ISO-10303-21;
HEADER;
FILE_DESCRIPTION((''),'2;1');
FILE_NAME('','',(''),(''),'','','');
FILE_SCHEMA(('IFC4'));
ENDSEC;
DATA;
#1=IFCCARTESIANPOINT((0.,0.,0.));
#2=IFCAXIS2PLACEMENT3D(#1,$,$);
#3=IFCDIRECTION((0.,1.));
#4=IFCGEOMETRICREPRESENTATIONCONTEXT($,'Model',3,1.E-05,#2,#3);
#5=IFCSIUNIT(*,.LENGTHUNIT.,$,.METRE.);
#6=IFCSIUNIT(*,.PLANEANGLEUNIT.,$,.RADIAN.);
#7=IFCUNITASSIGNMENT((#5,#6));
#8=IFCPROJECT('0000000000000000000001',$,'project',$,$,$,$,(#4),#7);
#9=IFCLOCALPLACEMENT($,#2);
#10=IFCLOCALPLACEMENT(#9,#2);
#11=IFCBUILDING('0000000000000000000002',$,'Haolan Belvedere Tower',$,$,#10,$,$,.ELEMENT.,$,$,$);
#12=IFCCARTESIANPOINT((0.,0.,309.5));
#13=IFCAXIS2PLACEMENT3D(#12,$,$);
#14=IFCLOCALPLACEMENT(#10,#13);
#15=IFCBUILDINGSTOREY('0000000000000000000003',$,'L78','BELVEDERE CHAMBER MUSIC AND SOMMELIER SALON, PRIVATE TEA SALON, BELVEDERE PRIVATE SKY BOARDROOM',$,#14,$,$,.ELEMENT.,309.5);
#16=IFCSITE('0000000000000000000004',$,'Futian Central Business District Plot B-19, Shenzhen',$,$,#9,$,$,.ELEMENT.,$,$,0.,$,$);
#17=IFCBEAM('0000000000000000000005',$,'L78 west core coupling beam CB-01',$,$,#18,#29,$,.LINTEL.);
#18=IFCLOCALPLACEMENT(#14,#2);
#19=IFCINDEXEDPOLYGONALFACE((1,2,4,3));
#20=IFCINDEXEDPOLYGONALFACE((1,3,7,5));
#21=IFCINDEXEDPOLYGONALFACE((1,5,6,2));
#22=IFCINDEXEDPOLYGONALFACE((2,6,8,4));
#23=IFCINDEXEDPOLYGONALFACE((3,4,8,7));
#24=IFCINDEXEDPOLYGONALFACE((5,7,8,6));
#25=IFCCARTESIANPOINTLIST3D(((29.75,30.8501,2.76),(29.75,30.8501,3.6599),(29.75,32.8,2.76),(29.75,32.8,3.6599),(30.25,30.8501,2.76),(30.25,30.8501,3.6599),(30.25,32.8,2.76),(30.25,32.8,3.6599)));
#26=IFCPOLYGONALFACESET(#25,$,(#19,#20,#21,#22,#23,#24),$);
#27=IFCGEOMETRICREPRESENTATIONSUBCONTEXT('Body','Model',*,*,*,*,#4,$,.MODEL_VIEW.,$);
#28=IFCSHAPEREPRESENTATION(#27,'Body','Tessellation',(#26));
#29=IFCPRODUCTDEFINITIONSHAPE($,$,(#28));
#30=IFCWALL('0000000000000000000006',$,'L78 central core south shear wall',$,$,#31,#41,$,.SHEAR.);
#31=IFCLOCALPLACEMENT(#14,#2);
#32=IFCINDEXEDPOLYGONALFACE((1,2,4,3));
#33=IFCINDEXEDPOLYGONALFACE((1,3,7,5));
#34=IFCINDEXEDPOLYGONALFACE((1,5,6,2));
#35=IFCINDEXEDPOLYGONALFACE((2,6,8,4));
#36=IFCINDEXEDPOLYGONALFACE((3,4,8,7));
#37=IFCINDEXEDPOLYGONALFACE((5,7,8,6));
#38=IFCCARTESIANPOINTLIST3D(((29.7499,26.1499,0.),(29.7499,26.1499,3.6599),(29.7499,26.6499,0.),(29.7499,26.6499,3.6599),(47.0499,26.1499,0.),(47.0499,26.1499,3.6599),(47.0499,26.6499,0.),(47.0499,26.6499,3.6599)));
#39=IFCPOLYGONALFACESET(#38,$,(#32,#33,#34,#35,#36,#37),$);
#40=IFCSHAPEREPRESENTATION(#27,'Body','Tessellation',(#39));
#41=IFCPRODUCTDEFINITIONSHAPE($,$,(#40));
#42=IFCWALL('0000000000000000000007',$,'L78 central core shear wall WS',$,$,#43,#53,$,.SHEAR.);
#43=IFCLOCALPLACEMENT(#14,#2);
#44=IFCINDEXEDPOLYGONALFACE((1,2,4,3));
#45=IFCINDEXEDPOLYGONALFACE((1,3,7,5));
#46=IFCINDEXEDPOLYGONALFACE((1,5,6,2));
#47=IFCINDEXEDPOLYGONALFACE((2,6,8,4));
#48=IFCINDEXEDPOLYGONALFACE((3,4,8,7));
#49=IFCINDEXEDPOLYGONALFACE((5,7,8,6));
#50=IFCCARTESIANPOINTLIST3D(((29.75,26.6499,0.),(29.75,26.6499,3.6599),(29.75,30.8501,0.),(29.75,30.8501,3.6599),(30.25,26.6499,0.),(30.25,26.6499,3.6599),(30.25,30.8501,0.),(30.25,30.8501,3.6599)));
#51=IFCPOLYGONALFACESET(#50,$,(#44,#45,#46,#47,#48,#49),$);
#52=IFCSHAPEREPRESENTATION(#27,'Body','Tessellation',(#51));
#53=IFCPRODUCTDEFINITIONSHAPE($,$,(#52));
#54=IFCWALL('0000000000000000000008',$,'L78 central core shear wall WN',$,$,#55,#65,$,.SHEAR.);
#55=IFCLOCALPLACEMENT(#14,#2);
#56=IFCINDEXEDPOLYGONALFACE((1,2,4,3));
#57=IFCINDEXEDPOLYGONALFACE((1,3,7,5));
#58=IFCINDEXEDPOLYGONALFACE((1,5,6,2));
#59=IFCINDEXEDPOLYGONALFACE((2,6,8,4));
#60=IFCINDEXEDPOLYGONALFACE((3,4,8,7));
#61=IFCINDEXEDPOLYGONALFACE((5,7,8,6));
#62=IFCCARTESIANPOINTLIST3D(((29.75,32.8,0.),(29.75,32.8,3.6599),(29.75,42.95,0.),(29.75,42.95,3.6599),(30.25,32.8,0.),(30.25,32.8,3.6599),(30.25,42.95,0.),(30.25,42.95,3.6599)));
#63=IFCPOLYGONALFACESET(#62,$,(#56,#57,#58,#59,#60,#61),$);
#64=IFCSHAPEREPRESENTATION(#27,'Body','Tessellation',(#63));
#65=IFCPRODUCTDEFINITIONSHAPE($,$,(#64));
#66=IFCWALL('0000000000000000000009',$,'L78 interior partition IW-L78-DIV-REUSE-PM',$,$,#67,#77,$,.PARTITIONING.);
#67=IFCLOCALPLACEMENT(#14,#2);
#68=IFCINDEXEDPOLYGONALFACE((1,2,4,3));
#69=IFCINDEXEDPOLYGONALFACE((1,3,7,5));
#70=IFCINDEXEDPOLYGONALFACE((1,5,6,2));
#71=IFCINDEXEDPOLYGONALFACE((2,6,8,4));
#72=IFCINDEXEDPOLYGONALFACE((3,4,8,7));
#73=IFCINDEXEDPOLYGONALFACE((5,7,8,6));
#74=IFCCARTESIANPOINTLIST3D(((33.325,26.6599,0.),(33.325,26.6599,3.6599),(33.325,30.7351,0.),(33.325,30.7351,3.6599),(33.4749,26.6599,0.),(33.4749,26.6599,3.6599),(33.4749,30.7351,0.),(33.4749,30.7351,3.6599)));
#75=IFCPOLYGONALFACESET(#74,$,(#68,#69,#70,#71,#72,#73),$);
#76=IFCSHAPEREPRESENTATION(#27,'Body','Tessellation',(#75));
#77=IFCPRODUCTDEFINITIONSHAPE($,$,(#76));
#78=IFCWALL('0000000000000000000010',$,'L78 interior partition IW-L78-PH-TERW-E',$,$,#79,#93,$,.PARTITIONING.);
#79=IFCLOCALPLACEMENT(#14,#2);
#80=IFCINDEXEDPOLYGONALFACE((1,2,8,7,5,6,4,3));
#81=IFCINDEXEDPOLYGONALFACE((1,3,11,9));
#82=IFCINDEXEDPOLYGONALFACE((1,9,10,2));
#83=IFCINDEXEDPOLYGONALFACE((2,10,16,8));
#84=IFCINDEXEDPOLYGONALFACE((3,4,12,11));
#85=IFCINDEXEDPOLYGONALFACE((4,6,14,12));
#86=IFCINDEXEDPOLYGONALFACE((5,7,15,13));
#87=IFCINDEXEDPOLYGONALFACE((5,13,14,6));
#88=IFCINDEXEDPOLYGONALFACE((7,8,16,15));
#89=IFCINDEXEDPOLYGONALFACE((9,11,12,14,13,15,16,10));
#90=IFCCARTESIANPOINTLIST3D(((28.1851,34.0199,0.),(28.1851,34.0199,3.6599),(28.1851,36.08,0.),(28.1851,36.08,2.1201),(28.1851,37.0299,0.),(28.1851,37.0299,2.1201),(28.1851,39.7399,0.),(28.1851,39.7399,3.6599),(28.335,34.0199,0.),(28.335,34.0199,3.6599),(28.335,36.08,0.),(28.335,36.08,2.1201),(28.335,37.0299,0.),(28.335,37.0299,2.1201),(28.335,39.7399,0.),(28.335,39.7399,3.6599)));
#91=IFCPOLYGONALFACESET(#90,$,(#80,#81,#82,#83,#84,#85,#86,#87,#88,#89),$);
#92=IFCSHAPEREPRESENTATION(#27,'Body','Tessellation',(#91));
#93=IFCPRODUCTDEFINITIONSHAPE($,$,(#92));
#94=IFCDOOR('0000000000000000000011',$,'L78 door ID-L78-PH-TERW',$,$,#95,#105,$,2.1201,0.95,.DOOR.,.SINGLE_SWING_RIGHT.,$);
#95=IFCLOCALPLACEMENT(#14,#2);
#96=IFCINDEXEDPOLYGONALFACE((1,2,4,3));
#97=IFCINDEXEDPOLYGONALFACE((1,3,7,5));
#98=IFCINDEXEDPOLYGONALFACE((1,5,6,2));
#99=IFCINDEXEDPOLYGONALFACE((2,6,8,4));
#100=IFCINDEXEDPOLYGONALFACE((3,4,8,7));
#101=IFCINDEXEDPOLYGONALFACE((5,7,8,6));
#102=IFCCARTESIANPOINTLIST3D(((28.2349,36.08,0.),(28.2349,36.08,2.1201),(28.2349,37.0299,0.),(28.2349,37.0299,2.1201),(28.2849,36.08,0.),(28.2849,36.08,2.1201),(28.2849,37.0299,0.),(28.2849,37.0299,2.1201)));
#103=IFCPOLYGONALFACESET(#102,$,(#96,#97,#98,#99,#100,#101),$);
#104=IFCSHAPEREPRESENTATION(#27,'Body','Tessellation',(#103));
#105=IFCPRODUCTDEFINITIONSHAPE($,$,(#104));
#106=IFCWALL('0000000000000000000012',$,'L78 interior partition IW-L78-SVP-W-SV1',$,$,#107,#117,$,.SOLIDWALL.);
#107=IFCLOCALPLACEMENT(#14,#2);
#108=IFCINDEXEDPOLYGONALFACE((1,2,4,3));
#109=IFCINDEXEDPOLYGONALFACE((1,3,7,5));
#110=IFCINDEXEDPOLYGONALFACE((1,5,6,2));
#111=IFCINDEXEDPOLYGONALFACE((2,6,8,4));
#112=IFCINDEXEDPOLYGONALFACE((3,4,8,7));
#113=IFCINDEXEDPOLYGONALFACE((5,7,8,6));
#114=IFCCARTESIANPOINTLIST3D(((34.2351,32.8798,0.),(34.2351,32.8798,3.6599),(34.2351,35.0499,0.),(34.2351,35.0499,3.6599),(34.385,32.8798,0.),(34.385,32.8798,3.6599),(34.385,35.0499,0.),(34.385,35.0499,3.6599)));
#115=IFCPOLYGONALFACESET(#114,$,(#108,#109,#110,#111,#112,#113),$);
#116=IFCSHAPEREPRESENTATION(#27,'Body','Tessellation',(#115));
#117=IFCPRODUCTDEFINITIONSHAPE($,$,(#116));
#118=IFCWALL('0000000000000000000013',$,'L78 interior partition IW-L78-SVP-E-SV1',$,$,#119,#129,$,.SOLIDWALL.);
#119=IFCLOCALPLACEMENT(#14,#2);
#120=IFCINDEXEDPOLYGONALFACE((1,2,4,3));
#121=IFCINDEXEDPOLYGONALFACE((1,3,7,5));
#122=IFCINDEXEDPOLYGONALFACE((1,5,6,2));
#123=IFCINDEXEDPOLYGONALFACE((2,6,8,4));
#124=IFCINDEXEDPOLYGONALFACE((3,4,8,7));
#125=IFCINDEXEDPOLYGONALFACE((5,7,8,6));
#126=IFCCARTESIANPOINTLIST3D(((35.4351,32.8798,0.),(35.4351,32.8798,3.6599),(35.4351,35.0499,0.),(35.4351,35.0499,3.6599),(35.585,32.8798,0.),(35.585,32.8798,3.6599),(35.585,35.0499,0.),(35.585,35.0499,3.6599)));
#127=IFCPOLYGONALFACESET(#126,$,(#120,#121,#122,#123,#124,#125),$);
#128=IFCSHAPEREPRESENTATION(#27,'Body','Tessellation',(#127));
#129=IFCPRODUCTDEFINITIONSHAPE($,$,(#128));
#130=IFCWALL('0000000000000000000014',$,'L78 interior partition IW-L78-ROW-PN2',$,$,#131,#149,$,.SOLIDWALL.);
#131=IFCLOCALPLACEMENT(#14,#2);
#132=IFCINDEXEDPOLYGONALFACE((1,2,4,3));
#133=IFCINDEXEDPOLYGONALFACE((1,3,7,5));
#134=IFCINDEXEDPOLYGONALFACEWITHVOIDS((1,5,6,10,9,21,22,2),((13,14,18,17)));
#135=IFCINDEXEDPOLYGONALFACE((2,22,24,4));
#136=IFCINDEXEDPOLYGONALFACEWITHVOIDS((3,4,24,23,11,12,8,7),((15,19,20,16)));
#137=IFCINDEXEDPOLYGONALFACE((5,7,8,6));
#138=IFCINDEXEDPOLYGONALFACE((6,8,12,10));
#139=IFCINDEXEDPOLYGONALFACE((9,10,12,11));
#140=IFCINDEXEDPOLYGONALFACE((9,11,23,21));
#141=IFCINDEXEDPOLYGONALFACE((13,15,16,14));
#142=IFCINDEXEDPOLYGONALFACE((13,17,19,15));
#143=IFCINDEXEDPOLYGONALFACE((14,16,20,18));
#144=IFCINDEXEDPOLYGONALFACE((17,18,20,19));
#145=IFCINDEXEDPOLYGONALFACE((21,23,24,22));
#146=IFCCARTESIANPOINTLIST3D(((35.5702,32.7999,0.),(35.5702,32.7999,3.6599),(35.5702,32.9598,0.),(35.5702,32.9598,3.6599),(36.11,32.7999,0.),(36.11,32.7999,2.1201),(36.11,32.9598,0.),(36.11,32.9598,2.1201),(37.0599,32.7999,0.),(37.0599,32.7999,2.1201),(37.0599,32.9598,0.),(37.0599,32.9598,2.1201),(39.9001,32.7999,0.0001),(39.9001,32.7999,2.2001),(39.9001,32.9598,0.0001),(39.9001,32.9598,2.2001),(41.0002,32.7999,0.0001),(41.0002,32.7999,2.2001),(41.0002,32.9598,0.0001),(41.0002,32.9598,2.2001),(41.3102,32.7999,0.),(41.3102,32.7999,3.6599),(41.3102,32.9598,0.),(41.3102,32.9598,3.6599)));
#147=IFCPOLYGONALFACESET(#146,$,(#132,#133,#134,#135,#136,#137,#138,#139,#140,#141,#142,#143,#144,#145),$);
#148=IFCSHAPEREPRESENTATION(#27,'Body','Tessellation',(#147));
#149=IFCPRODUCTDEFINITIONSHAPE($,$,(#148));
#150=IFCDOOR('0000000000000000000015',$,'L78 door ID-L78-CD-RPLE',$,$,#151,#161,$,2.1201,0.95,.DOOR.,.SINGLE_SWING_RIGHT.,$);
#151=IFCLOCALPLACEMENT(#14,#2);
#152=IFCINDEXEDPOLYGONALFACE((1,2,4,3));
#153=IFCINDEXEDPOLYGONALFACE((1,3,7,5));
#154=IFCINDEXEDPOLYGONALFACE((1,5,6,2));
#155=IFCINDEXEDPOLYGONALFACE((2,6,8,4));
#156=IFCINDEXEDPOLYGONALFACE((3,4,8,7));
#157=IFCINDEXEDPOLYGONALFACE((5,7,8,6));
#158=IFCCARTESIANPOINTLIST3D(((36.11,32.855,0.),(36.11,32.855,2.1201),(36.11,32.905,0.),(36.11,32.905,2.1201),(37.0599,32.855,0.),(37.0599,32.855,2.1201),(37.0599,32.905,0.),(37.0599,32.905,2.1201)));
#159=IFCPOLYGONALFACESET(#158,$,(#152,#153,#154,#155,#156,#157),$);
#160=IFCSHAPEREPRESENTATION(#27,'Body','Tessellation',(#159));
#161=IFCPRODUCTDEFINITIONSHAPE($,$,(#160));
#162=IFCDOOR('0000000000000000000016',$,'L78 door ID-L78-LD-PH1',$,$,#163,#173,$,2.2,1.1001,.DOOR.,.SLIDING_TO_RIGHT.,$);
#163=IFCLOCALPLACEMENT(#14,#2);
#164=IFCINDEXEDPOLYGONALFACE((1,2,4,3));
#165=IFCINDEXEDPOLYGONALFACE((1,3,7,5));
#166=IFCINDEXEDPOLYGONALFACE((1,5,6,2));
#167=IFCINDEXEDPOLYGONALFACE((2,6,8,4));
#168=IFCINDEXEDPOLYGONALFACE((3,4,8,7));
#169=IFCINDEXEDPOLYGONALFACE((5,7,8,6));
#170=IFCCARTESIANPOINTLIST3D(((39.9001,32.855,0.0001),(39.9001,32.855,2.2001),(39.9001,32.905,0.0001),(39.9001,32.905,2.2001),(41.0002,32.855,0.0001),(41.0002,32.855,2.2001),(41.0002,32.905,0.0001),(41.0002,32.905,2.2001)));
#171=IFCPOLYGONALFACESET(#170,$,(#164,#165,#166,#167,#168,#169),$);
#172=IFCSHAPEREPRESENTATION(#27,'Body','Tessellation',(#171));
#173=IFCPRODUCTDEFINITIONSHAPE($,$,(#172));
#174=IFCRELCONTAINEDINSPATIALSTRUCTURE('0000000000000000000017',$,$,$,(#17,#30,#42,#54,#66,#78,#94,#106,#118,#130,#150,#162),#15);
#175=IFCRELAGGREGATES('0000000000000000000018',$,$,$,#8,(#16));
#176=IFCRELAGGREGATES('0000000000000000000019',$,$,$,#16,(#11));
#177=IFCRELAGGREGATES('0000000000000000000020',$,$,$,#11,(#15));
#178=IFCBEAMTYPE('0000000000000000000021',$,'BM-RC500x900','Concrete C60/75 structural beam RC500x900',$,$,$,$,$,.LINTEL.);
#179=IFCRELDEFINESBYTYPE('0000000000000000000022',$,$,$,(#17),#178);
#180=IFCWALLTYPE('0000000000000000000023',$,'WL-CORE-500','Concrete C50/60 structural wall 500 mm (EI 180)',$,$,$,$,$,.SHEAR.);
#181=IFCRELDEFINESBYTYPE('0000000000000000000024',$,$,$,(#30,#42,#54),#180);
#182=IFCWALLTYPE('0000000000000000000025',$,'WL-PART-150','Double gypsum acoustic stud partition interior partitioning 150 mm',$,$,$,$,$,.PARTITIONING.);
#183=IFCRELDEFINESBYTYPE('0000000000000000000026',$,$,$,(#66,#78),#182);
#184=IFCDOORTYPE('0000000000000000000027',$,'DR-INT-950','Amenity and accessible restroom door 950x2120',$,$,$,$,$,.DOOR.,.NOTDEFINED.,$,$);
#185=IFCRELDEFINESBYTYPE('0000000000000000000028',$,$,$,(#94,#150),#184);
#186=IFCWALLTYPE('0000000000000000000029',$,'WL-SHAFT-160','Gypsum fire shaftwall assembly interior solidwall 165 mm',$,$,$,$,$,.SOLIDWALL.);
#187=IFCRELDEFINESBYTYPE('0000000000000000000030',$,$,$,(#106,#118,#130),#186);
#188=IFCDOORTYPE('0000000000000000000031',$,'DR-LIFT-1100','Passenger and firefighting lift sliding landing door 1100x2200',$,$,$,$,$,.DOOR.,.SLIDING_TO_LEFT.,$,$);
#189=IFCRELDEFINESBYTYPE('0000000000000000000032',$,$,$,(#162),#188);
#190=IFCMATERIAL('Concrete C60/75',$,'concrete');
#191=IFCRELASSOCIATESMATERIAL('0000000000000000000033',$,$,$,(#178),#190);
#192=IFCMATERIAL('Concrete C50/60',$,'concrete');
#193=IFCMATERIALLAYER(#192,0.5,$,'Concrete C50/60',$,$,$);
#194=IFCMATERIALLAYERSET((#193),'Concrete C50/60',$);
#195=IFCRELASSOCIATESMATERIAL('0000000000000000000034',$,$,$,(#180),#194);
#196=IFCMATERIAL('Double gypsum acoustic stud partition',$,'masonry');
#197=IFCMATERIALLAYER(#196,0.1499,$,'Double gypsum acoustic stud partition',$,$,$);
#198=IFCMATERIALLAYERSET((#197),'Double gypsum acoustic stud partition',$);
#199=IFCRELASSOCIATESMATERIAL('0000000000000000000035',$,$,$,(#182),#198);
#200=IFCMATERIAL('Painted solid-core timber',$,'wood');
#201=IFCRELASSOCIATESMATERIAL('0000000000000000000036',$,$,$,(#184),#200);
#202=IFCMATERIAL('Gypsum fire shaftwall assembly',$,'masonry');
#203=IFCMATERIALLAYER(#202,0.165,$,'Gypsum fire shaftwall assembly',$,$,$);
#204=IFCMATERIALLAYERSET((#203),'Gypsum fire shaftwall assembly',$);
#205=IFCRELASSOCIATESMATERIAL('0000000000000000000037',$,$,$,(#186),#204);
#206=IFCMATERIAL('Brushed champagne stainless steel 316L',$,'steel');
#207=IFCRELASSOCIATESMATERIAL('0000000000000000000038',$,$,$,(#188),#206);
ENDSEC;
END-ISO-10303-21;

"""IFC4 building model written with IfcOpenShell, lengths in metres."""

from ifc_helpers import new_model, si_unit, direction, frame, frame_2d, origin, origin_2d, place, context, subcontext, project, spatial, rectangle, extrude, material, layer, layer_set, material_profile, profile_set, type_object, element, fill, save


model = new_model("IFC4")

# Units and contexts
model_context = context("Model", 3, precision=1e-05, world=origin(), true_north=direction((0.0, 1.0)))
body_context = subcontext(model_context, "Body", "Model", "MODEL_VIEW")
ifc_project = project(units=[si_unit("LENGTHUNIT", "METRE"), si_unit("PLANEANGLEUNIT", "RADIAN")], contexts=[model_context])

# Site, building, storey
site_placement = place(None, origin())
site = spatial("IfcSite", under=ifc_project, at=site_placement, Name="Futian Central Business District Plot B-19, Shenzhen", CompositionType="ELEMENT", RefElevation=0.0)
building_placement = place(site_placement, origin())
building = spatial("IfcBuilding", under=site, at=building_placement, Name="Haolan Belvedere Tower", CompositionType="ELEMENT")
storey_placement = place(building_placement, frame((0.0, 0.0, 309.5)))
storey = spatial("IfcBuildingStorey", under=building, at=storey_placement, Name="L78", Description="BELVEDERE CHAMBER MUSIC AND SOMMELIER SALON, PRIVATE TEA SALON, BELVEDERE PRIVATE SKY BOARDROOM", CompositionType="ELEMENT", Elevation=309.5)

# Beam
ifc_material_1 = material(Name="Concrete C60/75", Category="concrete")
ifc_material_profile = material_profile(ifc_material_1, rectangle(XDim=0.5, YDim=0.8999, at=origin_2d()), Name="Concrete C60/75")
ifc_profile_set = profile_set([ifc_material_profile], Name="Concrete C60/75")
beam_type = type_object("IfcBeamType", Name="BM-RC500x900", Description="Concrete C60/75 structural beam RC500x900", PredefinedType="LINTEL", material=ifc_profile_set)
beam_placement = place(storey_placement, frame((30.0, 30.8501, 3.21), z_axis=(0.0, 1.0, 0.0), x_axis=(-1.0, 0.0, 0.0)))
element("IfcBeam", 1, at=beam_placement, inside=storey, type_object=beam_type, Name="L78 west core coupling beam CB-01", PredefinedType="LINTEL", context=body_context, shape_type="SweptSolid", body=[
    extrude(rectangle(XDim=0.5, YDim=0.8999, at=origin_2d()), origin(), (0.0, 0.0, 1.0), 1.95),
])

# Walls
ifc_material_2 = material(Name="Concrete C50/60", Category="concrete")
ifc_layer_1 = layer(ifc_material_2, 0.5, Name="Concrete C50/60")
ifc_layer_set_1 = layer_set([ifc_layer_1], Name="Concrete C50/60")
wall_type_1 = type_object("IfcWallType", Name="WL-CORE-500", Description="Concrete C50/60 structural wall 500 mm (EI 180)", PredefinedType="SHEAR", material=ifc_layer_set_1)
wall_1_placement = place(storey_placement, frame((29.75, 26.3999, 0.0), z_axis=(0.0, 0.0, 1.0), x_axis=(1.0, 0.0, 0.0)))
element("IfcWall", 2, at=wall_1_placement, inside=storey, type_object=wall_type_1, Name="L78 central core south shear wall", PredefinedType="SHEAR", context=body_context, shape_type="SweptSolid", body=[
    extrude(rectangle(XDim=17.3, YDim=0.5, at=frame_2d((8.6499, 0.0))), origin(), (0.0, 0.0, 1.0), 3.6599),
])
wall_2_placement = place(storey_placement, frame((30.0, 26.6499, 0.0), z_axis=(0.0, 0.0, 1.0), x_axis=(0.0, 1.0, 0.0)))
element("IfcWall", 3, at=wall_2_placement, inside=storey, type_object=wall_type_1, Name="L78 central core shear wall WS", PredefinedType="SHEAR", context=body_context, shape_type="SweptSolid", body=[
    extrude(rectangle(XDim=4.2002, YDim=0.5, at=frame_2d((2.1001, 0.0))), origin(), (0.0, 0.0, 1.0), 3.6599),
])
wall_3_placement = place(storey_placement, frame((30.0, 32.8, 0.0), z_axis=(0.0, 0.0, 1.0), x_axis=(0.0, 1.0, 0.0)))
element("IfcWall", 4, at=wall_3_placement, inside=storey, type_object=wall_type_1, Name="L78 central core shear wall WN", PredefinedType="SHEAR", context=body_context, shape_type="SweptSolid", body=[
    extrude(rectangle(XDim=10.1499, YDim=0.5, at=frame_2d((5.075, 0.0))), origin(), (0.0, 0.0, 1.0), 3.6599),
])
ifc_material_3 = material(Name="Double gypsum acoustic stud partition", Category="masonry")
ifc_layer_2 = layer(ifc_material_3, 0.1499, Name="Double gypsum acoustic stud partition")
ifc_layer_set_2 = layer_set([ifc_layer_2], Name="Double gypsum acoustic stud partition")
wall_type_2 = type_object("IfcWallType", Name="WL-PART-150", Description="Double gypsum acoustic stud partition interior partitioning 150 mm", PredefinedType="PARTITIONING", material=ifc_layer_set_2)
wall_4_placement = place(storey_placement, frame((33.3999, 26.6599, 0.0), z_axis=(0.0, 0.0, 1.0), x_axis=(0.0, 1.0, 0.0)))
element("IfcWall", 5, at=wall_4_placement, inside=storey, type_object=wall_type_2, Name="L78 interior partition IW-L78-DIV-REUSE-PM", PredefinedType="PARTITIONING", context=body_context, shape_type="SweptSolid", body=[
    extrude(rectangle(XDim=4.0752, YDim=0.1499, at=frame_2d((2.0376, 0.0))), origin(), (0.0, 0.0, 1.0), 3.6599),
])

# Wall, opening, door
wall_5_placement = place(storey_placement, frame((28.26, 34.02, 0.0), z_axis=(0.0, 0.0, 1.0), x_axis=(0.0, 1.0, 0.0)))
wall_5 = element("IfcWall", 6, at=wall_5_placement, inside=storey, type_object=wall_type_2, Name="L78 interior partition IW-L78-PH-TERW-E", PredefinedType="PARTITIONING", context=body_context, shape_type="SweptSolid", body=[
    extrude(rectangle(XDim=5.72, YDim=0.1499, at=frame_2d((2.8599, 0.0))), origin(), (0.0, 0.0, 1.0), 3.6599),
])
opening_1_placement = place(wall_5_placement, frame((3.01, 0.0, 0.0), z_axis=(0.0, 0.0, 1.0), x_axis=(-1.0, 0.0, 0.0)))
opening_1 = element("IfcOpeningElement", 7, at=opening_1_placement, cuts=wall_5, PredefinedType="OPENING", context=body_context, shape_type="SweptSolid", body=[
    extrude(rectangle(XDim=0.95, YDim=2.1201, at=frame_2d((0.4751, 1.0601))), frame((0.0, 0.085, 0.0), z_axis=(0.0, -1.0, 0.0), x_axis=(1.0, 0.0, 0.0)), (0.0, 0.0, 1.0), 0.1699),
])
ifc_material_4 = material(Name="Painted solid-core timber", Category="wood")
door_type_1 = type_object("IfcDoorType", Name="DR-INT-950", Description="Amenity and accessible restroom door 950x2120", OperationType="NOTDEFINED", PredefinedType="DOOR", material=ifc_material_4)
door_1_placement = place(opening_1_placement, origin())
door_1 = element("IfcDoor", 8, at=door_1_placement, inside=storey, type_object=door_type_1, Name="L78 door ID-L78-PH-TERW", OperationType="SINGLE_SWING_RIGHT", OverallHeight=2.1201, OverallWidth=0.95, PredefinedType="DOOR", context=body_context, shape_type="SweptSolid", body=[
    extrude(rectangle(XDim=0.95, YDim=2.1201, at=frame_2d((0.4751, 1.0601))), frame((0.0, 0.0249, 0.0), z_axis=(0.0, -1.0, 0.0), x_axis=(1.0, 0.0, 0.0)), (0.0, 0.0, 1.0), 0.05),
])
fill(opening_1, door_1)

# Walls
ifc_material_5 = material(Name="Gypsum fire shaftwall assembly", Category="masonry")
ifc_layer_3 = layer(ifc_material_5, 0.165, Name="Gypsum fire shaftwall assembly")
ifc_layer_set_3 = layer_set([ifc_layer_3], Name="Gypsum fire shaftwall assembly")
wall_type_3 = type_object("IfcWallType", Name="WL-SHAFT-160", Description="Gypsum fire shaftwall assembly interior solidwall 165 mm", PredefinedType="SOLIDWALL", material=ifc_layer_set_3)
for number, where, z_axis, x_axis, name in (
    (9, (34.3101, 32.8799, 0.0), (0.0, 0.0, 1.0), (0.0, 1.0, 0.0), "L78 interior partition IW-L78-SVP-W-SV1"),
    (10, (35.51, 32.8799, 0.0), (0.0, 0.0, 1.0), (0.0, 1.0, 0.0), "L78 interior partition IW-L78-SVP-E-SV1"),
):
    element("IfcWall", number, at=place(storey_placement, frame(where, z_axis=z_axis, x_axis=x_axis)), inside=storey, type_object=wall_type_3, Name=name, PredefinedType="SOLIDWALL", context=body_context, shape_type="SweptSolid", body=[
        extrude(rectangle(XDim=2.1702, YDim=0.1499, at=frame_2d((1.085, 0.0))), origin(), (0.0, 0.0, 1.0), 3.6599),
    ])

# Wall, openings, doors
wall_6_placement = place(storey_placement, frame((35.5701, 32.8799, 0.0), z_axis=(0.0, 0.0, 1.0), x_axis=(1.0, 0.0, 0.0)))
wall_6 = element("IfcWall", 11, at=wall_6_placement, inside=storey, type_object=wall_type_3, Name="L78 interior partition IW-L78-ROW-PN2", PredefinedType="SOLIDWALL", context=body_context, shape_type="SweptSolid", body=[
    extrude(rectangle(XDim=5.74, YDim=0.1599, at=frame_2d((2.8701, 0.0))), origin(), (0.0, 0.0, 1.0), 3.6599),
])
opening_2_placement = place(wall_6_placement, frame((1.49, 0.0, 0.0), z_axis=(0.0, 0.0, 1.0), x_axis=(-1.0, 0.0, 0.0)))
opening_2 = element("IfcOpeningElement", 12, at=opening_2_placement, cuts=wall_6, PredefinedType="OPENING", context=body_context, shape_type="SweptSolid", body=[
    extrude(rectangle(XDim=0.95, YDim=2.1201, at=frame_2d((0.4751, 1.0601))), frame((0.0, 0.0898, 0.0), z_axis=(0.0, -1.0, 0.0), x_axis=(1.0, 0.0, 0.0)), (0.0, 0.0, 1.0), 0.1799),
])
opening_3_placement = place(wall_6_placement, frame((5.4302, 0.0, 0.0), z_axis=(0.0, 0.0, 1.0), x_axis=(-1.0, 0.0, 0.0)))
opening_3 = element("IfcOpeningElement", 13, at=opening_3_placement, cuts=wall_6, PredefinedType="OPENING", context=body_context, shape_type="SweptSolid", body=[
    extrude(rectangle(XDim=1.1001, YDim=2.2, at=frame_2d((0.55, 1.1001))), frame((0.0, 0.0898, 0.0), z_axis=(0.0, -1.0, 0.0), x_axis=(1.0, 0.0, 0.0)), (0.0, 0.0, 1.0), 0.1799),
])
door_2_placement = place(opening_2_placement, origin())
door_2 = element("IfcDoor", 14, at=door_2_placement, inside=storey, type_object=door_type_1, Name="L78 door ID-L78-CD-RPLE", OperationType="SINGLE_SWING_RIGHT", OverallHeight=2.1201, OverallWidth=0.95, PredefinedType="DOOR", context=body_context, shape_type="SweptSolid", body=[
    extrude(rectangle(XDim=0.95, YDim=2.1201, at=frame_2d((0.4751, 1.0601))), frame((0.0, 0.0249, 0.0), z_axis=(0.0, -1.0, 0.0), x_axis=(1.0, 0.0, 0.0)), (0.0, 0.0, 1.0), 0.05),
])
fill(opening_2, door_2)
ifc_material_6 = material(Name="Brushed champagne stainless steel 316L", Category="steel")
door_type_2 = type_object("IfcDoorType", Name="DR-LIFT-1100", Description="Passenger and firefighting lift sliding landing door 1100x2200", OperationType="SLIDING_TO_LEFT", PredefinedType="DOOR", material=ifc_material_6)
door_3_placement = place(opening_3_placement, origin())
door_3 = element("IfcDoor", 15, at=door_3_placement, inside=storey, type_object=door_type_2, Name="L78 door ID-L78-LD-PH1", OperationType="SLIDING_TO_RIGHT", OverallHeight=2.2, OverallWidth=1.1001, PredefinedType="DOOR", context=body_context, shape_type="SweptSolid", body=[
    extrude(rectangle(XDim=1.1001, YDim=2.2, at=frame_2d((0.55, 1.1001))), frame((0.0, 0.0249, 0.0), z_axis=(0.0, -1.0, 0.0), x_axis=(1.0, 0.0, 0.0)), (0.0, 0.0, 1.0), 0.05),
])
fill(opening_3, door_3)

save(model, "model.ifc")
